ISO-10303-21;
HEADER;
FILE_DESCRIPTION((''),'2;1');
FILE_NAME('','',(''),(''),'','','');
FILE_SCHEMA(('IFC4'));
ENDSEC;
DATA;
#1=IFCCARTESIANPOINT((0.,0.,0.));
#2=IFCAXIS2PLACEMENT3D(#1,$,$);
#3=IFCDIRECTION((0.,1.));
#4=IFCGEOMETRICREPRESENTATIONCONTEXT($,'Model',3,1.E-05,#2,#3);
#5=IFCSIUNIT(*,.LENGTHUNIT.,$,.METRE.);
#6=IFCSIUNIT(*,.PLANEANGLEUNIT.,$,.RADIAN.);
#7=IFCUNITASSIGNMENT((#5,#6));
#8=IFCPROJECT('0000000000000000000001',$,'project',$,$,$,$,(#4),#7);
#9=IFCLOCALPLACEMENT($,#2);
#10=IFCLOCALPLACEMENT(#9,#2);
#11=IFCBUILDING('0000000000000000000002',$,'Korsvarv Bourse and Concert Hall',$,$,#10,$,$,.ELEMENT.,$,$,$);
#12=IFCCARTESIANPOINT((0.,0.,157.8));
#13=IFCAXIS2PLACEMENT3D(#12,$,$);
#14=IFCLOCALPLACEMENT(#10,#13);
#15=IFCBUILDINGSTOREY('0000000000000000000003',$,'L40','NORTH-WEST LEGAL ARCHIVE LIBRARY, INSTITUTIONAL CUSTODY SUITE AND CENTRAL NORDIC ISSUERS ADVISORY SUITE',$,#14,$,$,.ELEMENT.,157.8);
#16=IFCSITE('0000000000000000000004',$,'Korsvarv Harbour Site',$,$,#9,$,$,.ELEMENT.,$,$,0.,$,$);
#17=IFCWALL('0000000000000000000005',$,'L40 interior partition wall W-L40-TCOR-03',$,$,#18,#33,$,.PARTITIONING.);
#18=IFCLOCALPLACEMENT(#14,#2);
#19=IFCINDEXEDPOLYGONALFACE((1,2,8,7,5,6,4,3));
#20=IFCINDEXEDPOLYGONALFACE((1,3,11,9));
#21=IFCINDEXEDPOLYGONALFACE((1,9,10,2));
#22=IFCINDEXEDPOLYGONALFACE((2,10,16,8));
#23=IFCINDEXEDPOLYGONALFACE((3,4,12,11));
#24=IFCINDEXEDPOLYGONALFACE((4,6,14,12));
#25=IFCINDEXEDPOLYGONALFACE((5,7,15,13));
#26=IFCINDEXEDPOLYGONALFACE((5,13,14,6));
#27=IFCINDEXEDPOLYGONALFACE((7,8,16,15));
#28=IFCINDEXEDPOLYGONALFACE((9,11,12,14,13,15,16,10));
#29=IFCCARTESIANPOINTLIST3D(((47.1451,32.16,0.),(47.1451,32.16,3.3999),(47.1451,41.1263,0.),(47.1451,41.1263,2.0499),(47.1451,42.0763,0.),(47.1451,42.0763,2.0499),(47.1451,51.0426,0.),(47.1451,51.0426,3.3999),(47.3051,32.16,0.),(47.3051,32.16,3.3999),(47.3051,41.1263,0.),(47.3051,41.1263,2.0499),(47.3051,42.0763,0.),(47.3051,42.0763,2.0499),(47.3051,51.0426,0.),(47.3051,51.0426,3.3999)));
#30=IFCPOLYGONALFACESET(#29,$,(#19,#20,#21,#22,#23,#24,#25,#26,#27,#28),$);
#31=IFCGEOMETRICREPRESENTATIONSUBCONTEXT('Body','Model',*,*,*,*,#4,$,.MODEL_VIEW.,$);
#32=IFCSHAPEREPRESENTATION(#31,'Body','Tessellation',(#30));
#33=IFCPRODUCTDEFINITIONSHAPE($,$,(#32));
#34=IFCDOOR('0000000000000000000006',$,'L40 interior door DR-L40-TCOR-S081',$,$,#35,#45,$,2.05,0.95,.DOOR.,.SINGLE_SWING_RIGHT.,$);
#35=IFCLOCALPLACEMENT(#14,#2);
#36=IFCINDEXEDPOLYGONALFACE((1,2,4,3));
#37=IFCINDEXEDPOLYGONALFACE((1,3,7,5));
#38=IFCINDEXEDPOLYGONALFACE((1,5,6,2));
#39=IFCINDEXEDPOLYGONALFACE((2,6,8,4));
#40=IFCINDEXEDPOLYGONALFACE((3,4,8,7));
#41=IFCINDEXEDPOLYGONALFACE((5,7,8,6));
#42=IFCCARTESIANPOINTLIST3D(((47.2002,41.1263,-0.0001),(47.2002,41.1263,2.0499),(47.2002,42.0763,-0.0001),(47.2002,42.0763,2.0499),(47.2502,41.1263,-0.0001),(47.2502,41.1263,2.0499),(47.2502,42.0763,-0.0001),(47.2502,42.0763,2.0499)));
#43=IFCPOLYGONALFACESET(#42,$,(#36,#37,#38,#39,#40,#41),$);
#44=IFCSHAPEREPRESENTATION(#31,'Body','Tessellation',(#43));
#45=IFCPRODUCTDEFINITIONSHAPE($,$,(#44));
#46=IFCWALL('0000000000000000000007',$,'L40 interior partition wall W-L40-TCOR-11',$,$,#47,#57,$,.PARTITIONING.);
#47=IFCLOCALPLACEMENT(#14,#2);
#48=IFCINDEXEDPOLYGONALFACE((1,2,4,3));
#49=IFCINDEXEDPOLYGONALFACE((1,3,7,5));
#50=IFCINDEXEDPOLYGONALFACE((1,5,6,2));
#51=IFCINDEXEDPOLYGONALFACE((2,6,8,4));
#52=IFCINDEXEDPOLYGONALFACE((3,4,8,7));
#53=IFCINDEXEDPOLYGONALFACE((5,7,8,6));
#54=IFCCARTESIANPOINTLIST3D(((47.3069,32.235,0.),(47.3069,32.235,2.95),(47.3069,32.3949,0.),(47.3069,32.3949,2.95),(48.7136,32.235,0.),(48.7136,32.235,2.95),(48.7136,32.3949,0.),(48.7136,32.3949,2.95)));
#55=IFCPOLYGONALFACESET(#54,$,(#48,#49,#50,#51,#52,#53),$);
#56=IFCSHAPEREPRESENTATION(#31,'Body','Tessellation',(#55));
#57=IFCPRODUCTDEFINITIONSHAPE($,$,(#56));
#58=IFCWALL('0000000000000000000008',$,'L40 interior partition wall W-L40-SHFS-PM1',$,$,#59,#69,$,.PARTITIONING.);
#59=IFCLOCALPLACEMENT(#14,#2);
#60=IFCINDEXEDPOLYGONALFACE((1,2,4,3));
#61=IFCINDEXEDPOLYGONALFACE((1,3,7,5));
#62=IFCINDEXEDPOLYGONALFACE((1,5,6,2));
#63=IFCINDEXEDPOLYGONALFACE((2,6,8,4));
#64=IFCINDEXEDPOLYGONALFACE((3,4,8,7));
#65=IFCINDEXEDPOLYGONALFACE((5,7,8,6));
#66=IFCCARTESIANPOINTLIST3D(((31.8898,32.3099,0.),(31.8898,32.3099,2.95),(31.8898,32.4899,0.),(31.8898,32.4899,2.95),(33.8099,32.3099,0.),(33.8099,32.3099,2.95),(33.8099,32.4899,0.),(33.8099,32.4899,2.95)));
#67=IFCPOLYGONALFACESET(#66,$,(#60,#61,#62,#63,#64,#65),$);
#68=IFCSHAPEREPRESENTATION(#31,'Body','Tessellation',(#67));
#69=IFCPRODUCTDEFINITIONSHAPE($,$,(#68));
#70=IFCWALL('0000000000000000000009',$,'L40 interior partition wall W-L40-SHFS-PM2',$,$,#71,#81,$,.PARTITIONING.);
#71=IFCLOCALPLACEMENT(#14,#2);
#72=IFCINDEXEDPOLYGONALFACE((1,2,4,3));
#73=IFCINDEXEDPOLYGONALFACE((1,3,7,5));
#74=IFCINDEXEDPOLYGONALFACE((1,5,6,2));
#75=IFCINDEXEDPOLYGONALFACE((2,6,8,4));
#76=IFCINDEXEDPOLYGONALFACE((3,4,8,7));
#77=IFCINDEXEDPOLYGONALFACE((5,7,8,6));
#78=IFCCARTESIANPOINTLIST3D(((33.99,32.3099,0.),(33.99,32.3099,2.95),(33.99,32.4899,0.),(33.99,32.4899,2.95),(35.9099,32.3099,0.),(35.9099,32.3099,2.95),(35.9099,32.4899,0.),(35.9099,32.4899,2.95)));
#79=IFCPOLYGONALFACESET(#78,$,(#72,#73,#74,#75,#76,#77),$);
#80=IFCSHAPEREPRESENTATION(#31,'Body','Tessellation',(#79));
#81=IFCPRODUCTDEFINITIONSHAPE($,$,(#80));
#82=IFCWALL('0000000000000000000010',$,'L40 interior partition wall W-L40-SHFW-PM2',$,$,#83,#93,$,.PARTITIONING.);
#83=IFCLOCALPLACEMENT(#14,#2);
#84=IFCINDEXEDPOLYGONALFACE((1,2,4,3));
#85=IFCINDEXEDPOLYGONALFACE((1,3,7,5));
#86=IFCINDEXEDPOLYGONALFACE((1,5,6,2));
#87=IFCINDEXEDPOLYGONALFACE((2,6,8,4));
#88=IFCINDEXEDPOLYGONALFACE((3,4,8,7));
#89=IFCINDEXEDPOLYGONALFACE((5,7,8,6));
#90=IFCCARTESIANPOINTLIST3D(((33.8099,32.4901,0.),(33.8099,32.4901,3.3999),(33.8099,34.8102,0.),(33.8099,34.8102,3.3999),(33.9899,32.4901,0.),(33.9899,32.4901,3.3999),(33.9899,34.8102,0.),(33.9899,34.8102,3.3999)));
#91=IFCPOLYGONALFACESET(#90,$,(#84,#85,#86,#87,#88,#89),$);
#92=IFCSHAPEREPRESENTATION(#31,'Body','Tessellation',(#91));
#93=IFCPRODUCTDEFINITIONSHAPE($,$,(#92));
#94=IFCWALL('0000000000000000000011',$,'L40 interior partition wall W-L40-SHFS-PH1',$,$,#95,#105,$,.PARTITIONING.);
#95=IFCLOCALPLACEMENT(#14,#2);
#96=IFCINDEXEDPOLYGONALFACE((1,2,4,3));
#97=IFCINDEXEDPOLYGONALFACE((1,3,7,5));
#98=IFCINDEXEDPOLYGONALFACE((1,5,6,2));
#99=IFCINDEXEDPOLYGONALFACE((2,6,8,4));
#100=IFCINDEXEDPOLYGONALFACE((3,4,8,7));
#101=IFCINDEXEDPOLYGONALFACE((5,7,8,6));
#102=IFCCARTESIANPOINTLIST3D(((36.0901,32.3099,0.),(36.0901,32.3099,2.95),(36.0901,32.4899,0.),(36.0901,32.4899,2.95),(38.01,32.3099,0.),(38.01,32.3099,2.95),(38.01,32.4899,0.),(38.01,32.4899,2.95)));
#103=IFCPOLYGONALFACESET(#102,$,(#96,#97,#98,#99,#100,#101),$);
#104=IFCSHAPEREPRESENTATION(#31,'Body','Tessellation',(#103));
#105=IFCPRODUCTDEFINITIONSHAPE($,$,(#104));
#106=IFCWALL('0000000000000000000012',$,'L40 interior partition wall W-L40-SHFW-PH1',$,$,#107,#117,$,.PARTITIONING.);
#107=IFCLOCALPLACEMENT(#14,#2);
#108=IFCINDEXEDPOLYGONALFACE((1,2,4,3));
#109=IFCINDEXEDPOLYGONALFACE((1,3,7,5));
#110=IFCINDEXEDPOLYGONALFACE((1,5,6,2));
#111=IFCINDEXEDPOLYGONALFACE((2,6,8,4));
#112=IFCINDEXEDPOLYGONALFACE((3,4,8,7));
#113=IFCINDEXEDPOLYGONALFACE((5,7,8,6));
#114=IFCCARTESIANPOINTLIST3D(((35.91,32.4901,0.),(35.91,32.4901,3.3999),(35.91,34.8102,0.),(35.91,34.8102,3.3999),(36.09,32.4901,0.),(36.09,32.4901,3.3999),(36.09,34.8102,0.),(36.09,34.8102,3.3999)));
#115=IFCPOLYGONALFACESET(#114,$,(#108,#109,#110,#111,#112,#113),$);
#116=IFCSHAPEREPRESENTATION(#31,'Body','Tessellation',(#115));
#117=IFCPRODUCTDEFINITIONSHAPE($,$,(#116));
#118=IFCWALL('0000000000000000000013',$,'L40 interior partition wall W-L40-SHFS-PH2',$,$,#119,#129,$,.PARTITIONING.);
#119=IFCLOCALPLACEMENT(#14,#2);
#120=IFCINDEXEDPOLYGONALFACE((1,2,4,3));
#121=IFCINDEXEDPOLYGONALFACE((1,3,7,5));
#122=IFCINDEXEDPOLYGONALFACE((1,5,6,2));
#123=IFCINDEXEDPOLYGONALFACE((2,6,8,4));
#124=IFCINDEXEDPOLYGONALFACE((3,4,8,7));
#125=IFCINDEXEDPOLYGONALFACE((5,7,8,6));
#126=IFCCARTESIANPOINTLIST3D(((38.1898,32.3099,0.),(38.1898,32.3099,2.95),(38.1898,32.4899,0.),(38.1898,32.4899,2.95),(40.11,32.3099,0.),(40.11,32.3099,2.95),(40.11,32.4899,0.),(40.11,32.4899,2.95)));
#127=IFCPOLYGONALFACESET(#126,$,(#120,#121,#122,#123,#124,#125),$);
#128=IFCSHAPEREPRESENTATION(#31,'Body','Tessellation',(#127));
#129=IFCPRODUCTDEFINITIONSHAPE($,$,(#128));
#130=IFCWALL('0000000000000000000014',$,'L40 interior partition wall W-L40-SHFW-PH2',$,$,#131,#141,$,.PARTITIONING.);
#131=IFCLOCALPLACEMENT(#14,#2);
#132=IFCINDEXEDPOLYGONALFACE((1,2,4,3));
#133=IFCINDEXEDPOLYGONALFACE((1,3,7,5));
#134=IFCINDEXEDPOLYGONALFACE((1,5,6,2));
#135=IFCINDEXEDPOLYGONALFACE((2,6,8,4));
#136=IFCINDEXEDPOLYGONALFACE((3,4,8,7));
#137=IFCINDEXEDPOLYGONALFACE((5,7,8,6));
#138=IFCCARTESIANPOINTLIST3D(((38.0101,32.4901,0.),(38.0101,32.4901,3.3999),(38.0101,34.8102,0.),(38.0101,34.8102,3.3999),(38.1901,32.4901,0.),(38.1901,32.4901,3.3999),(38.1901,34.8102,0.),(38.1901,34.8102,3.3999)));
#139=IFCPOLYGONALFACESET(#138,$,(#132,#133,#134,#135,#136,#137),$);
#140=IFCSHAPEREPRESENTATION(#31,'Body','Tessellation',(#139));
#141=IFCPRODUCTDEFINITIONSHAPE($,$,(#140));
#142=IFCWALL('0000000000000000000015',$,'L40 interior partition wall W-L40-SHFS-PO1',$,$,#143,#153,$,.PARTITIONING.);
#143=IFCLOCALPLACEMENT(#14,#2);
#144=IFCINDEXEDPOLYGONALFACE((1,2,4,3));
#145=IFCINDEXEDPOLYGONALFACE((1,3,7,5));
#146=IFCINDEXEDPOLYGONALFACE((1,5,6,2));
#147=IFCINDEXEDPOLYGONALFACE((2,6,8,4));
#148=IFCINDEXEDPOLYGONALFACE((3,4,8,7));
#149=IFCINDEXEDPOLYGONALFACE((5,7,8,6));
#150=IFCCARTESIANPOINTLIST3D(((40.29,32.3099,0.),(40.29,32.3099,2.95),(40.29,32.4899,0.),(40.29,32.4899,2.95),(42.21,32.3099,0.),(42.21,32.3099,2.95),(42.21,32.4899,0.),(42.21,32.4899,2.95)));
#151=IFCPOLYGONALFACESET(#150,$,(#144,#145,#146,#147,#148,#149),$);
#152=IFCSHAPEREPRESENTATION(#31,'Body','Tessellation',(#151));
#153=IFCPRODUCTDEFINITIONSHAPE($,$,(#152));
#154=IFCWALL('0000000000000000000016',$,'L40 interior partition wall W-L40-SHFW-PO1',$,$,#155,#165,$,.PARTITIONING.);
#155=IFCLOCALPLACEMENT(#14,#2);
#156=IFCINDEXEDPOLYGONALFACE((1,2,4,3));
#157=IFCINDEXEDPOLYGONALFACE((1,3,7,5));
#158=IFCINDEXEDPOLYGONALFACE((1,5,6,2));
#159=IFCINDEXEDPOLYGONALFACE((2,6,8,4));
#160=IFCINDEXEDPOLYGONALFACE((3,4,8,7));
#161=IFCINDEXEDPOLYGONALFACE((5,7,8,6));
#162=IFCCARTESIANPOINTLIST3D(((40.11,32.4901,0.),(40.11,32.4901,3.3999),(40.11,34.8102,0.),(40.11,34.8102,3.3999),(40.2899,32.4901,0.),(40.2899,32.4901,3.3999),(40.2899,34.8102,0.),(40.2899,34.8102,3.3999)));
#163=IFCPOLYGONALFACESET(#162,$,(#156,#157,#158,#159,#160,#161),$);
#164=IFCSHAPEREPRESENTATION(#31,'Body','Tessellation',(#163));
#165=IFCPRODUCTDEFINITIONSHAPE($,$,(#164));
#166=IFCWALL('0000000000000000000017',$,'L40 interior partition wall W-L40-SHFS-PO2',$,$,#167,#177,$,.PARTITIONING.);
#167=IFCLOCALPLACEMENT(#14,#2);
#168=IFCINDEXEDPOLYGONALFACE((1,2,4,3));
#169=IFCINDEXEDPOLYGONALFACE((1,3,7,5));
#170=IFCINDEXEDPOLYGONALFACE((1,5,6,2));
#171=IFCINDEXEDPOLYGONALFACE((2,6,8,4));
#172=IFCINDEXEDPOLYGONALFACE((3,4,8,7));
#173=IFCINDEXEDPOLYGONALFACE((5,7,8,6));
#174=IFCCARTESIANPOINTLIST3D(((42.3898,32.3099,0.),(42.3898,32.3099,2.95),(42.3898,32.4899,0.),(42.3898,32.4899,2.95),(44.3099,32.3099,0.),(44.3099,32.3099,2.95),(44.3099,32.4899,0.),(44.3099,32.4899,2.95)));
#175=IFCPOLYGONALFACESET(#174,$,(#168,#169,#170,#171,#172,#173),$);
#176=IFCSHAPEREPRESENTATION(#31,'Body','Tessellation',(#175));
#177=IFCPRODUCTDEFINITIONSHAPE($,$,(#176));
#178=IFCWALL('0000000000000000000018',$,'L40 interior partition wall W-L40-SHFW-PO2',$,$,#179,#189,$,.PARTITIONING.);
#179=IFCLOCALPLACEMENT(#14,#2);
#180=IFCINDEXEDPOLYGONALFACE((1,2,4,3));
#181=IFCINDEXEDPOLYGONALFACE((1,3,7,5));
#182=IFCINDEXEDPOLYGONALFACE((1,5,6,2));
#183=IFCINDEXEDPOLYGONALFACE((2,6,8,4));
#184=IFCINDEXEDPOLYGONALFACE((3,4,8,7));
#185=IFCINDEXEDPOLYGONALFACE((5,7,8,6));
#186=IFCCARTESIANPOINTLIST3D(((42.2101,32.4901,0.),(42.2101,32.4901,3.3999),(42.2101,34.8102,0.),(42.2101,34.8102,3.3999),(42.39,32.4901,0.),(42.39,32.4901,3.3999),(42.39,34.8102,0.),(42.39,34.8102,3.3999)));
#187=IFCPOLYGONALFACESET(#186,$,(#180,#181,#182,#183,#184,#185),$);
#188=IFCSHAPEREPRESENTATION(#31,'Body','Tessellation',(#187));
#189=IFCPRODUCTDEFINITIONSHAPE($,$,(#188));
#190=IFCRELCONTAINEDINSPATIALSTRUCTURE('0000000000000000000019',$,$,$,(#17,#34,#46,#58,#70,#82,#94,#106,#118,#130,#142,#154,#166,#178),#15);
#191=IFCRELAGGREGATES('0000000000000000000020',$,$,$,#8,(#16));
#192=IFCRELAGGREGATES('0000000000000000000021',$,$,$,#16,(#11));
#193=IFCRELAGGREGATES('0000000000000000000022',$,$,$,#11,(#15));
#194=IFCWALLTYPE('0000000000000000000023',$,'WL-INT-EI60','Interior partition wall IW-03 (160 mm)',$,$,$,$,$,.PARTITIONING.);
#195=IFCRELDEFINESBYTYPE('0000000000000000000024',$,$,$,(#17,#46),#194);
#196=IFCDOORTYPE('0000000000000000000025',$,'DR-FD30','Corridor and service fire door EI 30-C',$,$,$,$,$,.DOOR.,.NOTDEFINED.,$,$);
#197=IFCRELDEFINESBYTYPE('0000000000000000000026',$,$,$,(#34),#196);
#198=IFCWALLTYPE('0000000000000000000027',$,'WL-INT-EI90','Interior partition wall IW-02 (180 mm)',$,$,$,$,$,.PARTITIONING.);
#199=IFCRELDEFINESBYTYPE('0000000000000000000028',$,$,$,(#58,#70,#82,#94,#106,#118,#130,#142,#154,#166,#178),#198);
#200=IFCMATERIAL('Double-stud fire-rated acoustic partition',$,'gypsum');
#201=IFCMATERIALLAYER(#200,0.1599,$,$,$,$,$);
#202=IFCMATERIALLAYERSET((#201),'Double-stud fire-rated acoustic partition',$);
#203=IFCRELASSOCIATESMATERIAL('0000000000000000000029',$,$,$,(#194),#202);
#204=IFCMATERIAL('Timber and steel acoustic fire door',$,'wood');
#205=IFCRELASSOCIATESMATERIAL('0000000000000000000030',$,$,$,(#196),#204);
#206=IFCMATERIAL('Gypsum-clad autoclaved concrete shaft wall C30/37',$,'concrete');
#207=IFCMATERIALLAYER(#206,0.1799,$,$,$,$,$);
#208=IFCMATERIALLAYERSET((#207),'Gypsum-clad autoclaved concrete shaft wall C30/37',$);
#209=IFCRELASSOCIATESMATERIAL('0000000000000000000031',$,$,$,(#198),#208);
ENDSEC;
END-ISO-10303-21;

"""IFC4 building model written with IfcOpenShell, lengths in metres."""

from ifc_helpers import new_model, si_unit, direction, frame, frame_2d, origin, place, context, subcontext, project, spatial, rectangle, extrude, material, layer, layer_set, type_object, element, fill, save


model = new_model("IFC4")

# Units and contexts
model_context = context("Model", 3, precision=1e-05, world=origin(), true_north=direction((0.0, 1.0)))
body_context = subcontext(model_context, "Body", "Model", "MODEL_VIEW")
ifc_project = project(units=[si_unit("LENGTHUNIT", "METRE"), si_unit("PLANEANGLEUNIT", "RADIAN")], contexts=[model_context])

# Site, building, storey
site_placement = place(None, origin())
site = spatial("IfcSite", under=ifc_project, at=site_placement, Name="Korsvarv Harbour Site", CompositionType="ELEMENT", RefElevation=0.0)
building_placement = place(site_placement, origin())
building = spatial("IfcBuilding", under=site, at=building_placement, Name="Korsvarv Bourse and Concert Hall", CompositionType="ELEMENT")
storey_placement = place(building_placement, frame((0.0, 0.0, 157.8)))
storey = spatial("IfcBuildingStorey", under=building, at=storey_placement, Name="L40", Description="NORTH-WEST LEGAL ARCHIVE LIBRARY, INSTITUTIONAL CUSTODY SUITE AND CENTRAL NORDIC ISSUERS ADVISORY SUITE", CompositionType="ELEMENT", Elevation=157.8)

# Wall, opening, door
ifc_material_1 = material(Name="Double-stud fire-rated acoustic partition", Category="gypsum")
ifc_layer_1 = layer(ifc_material_1, 0.1599)
ifc_layer_set_1 = layer_set([ifc_layer_1], Name="Double-stud fire-rated acoustic partition")
wall_type_1 = type_object("IfcWallType", Name="WL-INT-EI60", Description="Interior partition wall IW-03 (160 mm)", PredefinedType="PARTITIONING", material=ifc_layer_set_1)
wall_1_placement = place(storey_placement, frame((47.2251, 32.1599, 0.0), z_axis=(0.0, 0.0, 1.0), x_axis=(0.0, 1.0, 0.0)))
wall_1 = element("IfcWall", 1, at=wall_1_placement, inside=storey, type_object=wall_type_1, Name="L40 interior partition wall W-L40-TCOR-03", PredefinedType="PARTITIONING", context=body_context, shape_type="SweptSolid", body=[
    extrude(rectangle(XDim=18.8826, YDim=0.1599, at=frame_2d((9.4414, 0.0))), origin(), (0.0, 0.0, 1.0), 3.3999),
])
opening_placement = place(wall_1_placement, frame((8.9663, 0.0, 0.0)))
opening = element("IfcOpeningElement", 2, at=opening_placement, cuts=wall_1, PredefinedType="OPENING", context=body_context, shape_type="SweptSolid", body=[
    extrude(rectangle(XDim=0.95, YDim=2.05, at=frame_2d((0.4751, 1.0249))), frame((0.0, 0.0898, 0.0), z_axis=(0.0, -1.0, 0.0), x_axis=(1.0, 0.0, 0.0)), (0.0, 0.0, 1.0), 0.1799),
])
ifc_material_2 = material(Name="Timber and steel acoustic fire door", Category="wood")
door_type = type_object("IfcDoorType", Name="DR-FD30", Description="Corridor and service fire door EI 30-C", OperationType="NOTDEFINED", PredefinedType="DOOR", material=ifc_material_2)
door_placement = place(opening_placement, origin())
door = element("IfcDoor", 3, at=door_placement, inside=storey, type_object=door_type, Name="L40 interior door DR-L40-TCOR-S081", OperationType="SINGLE_SWING_RIGHT", OverallHeight=2.05, OverallWidth=0.95, PredefinedType="DOOR", context=body_context, shape_type="SweptSolid", body=[
    extrude(rectangle(XDim=0.95, YDim=2.05, at=frame_2d((0.4751, 1.0249))), frame((0.0, 0.0249, 0.0), z_axis=(0.0, -1.0, 0.0), x_axis=(1.0, 0.0, 0.0)), (0.0, 0.0, 1.0), 0.05),
])
fill(opening, door)

# Walls
wall_2_placement = place(storey_placement, frame((47.3069, 32.3149, 0.0), z_axis=(0.0, 0.0, 1.0), x_axis=(1.0, 0.0, 0.0)))
element("IfcWall", 4, at=wall_2_placement, inside=storey, type_object=wall_type_1, Name="L40 interior partition wall W-L40-TCOR-11", PredefinedType="PARTITIONING", context=body_context, shape_type="SweptSolid", body=[
    extrude(rectangle(XDim=1.4067, YDim=0.1599, at=frame_2d((0.7034, 0.0))), origin(), (0.0, 0.0, 1.0), 2.95),
])
ifc_material_3 = material(Name="Gypsum-clad autoclaved concrete shaft wall C30/37", Category="concrete")
ifc_layer_2 = layer(ifc_material_3, 0.1799)
ifc_layer_set_2 = layer_set([ifc_layer_2], Name="Gypsum-clad autoclaved concrete shaft wall C30/37")
wall_type_2 = type_object("IfcWallType", Name="WL-INT-EI90", Description="Interior partition wall IW-02 (180 mm)", PredefinedType="PARTITIONING", material=ifc_layer_set_2)
wall_3_placement = place(storey_placement, frame((31.8899, 32.3999, 0.0), z_axis=(0.0, 0.0, 1.0), x_axis=(1.0, 0.0, 0.0)))
element("IfcWall", 5, at=wall_3_placement, inside=storey, type_object=wall_type_2, Name="L40 interior partition wall W-L40-SHFS-PM1", PredefinedType="PARTITIONING", context=body_context, shape_type="SweptSolid", body=[
    extrude(rectangle(XDim=1.9202, YDim=0.1799, at=frame_2d((0.96, 0.0))), origin(), (0.0, 0.0, 1.0), 2.95),
])
wall_4_placement = place(storey_placement, frame((33.99, 32.3999, 0.0), z_axis=(0.0, 0.0, 1.0), x_axis=(1.0, 0.0, 0.0)))
element("IfcWall", 6, at=wall_4_placement, inside=storey, type_object=wall_type_2, Name="L40 interior partition wall W-L40-SHFS-PM2", PredefinedType="PARTITIONING", context=body_context, shape_type="SweptSolid", body=[
    extrude(rectangle(XDim=1.9199, YDim=0.1799, at=frame_2d((0.96, 0.0))), origin(), (0.0, 0.0, 1.0), 2.95),
])
wall_5_placement = place(storey_placement, frame((33.8999, 32.49, 0.0), z_axis=(0.0, 0.0, 1.0), x_axis=(0.0, 1.0, 0.0)))
element("IfcWall", 7, at=wall_5_placement, inside=storey, type_object=wall_type_2, Name="L40 interior partition wall W-L40-SHFW-PM2", PredefinedType="PARTITIONING", context=body_context, shape_type="SweptSolid", body=[
    extrude(rectangle(XDim=2.3201, YDim=0.1799, at=frame_2d((1.1602, 0.0))), origin(), (0.0, 0.0, 1.0), 3.3999),
])
wall_6_placement = place(storey_placement, frame((36.0901, 32.3999, 0.0), z_axis=(0.0, 0.0, 1.0), x_axis=(1.0, 0.0, 0.0)))
element("IfcWall", 8, at=wall_6_placement, inside=storey, type_object=wall_type_2, Name="L40 interior partition wall W-L40-SHFS-PH1", PredefinedType="PARTITIONING", context=body_context, shape_type="SweptSolid", body=[
    extrude(rectangle(XDim=1.9199, YDim=0.1799, at=frame_2d((0.96, 0.0))), origin(), (0.0, 0.0, 1.0), 2.95),
])
wall_7_placement = place(storey_placement, frame((36.0, 32.49, 0.0), z_axis=(0.0, 0.0, 1.0), x_axis=(0.0, 1.0, 0.0)))
element("IfcWall", 9, at=wall_7_placement, inside=storey, type_object=wall_type_2, Name="L40 interior partition wall W-L40-SHFW-PH1", PredefinedType="PARTITIONING", context=body_context, shape_type="SweptSolid", body=[
    extrude(rectangle(XDim=2.3201, YDim=0.1799, at=frame_2d((1.1602, 0.0))), origin(), (0.0, 0.0, 1.0), 3.3999),
])
wall_8_placement = place(storey_placement, frame((38.1899, 32.3999, 0.0), z_axis=(0.0, 0.0, 1.0), x_axis=(1.0, 0.0, 0.0)))
element("IfcWall", 10, at=wall_8_placement, inside=storey, type_object=wall_type_2, Name="L40 interior partition wall W-L40-SHFS-PH2", PredefinedType="PARTITIONING", context=body_context, shape_type="SweptSolid", body=[
    extrude(rectangle(XDim=1.9202, YDim=0.1799, at=frame_2d((0.96, 0.0))), origin(), (0.0, 0.0, 1.0), 2.95),
])
wall_9_placement = place(storey_placement, frame((38.1001, 32.49, 0.0), z_axis=(0.0, 0.0, 1.0), x_axis=(0.0, 1.0, 0.0)))
element("IfcWall", 11, at=wall_9_placement, inside=storey, type_object=wall_type_2, Name="L40 interior partition wall W-L40-SHFW-PH2", PredefinedType="PARTITIONING", context=body_context, shape_type="SweptSolid", body=[
    extrude(rectangle(XDim=2.3201, YDim=0.1799, at=frame_2d((1.1602, 0.0))), origin(), (0.0, 0.0, 1.0), 3.3999),
])
wall_10_placement = place(storey_placement, frame((40.29, 32.3999, 0.0), z_axis=(0.0, 0.0, 1.0), x_axis=(1.0, 0.0, 0.0)))
element("IfcWall", 12, at=wall_10_placement, inside=storey, type_object=wall_type_2, Name="L40 interior partition wall W-L40-SHFS-PO1", PredefinedType="PARTITIONING", context=body_context, shape_type="SweptSolid", body=[
    extrude(rectangle(XDim=1.9199, YDim=0.1799, at=frame_2d((0.96, 0.0))), origin(), (0.0, 0.0, 1.0), 2.95),
])
wall_11_placement = place(storey_placement, frame((40.2, 32.49, 0.0), z_axis=(0.0, 0.0, 1.0), x_axis=(0.0, 1.0, 0.0)))
element("IfcWall", 13, at=wall_11_placement, inside=storey, type_object=wall_type_2, Name="L40 interior partition wall W-L40-SHFW-PO1", PredefinedType="PARTITIONING", context=body_context, shape_type="SweptSolid", body=[
    extrude(rectangle(XDim=2.3201, YDim=0.1799, at=frame_2d((1.1602, 0.0))), origin(), (0.0, 0.0, 1.0), 3.3999),
])
wall_12_placement = place(storey_placement, frame((42.3899, 32.3999, 0.0), z_axis=(0.0, 0.0, 1.0), x_axis=(1.0, 0.0, 0.0)))
element("IfcWall", 14, at=wall_12_placement, inside=storey, type_object=wall_type_2, Name="L40 interior partition wall W-L40-SHFS-PO2", PredefinedType="PARTITIONING", context=body_context, shape_type="SweptSolid", body=[
    extrude(rectangle(XDim=1.9202, YDim=0.1799, at=frame_2d((0.96, 0.0))), origin(), (0.0, 0.0, 1.0), 2.95),
])
for number, where, z_axis, x_axis, name in (
    (15, (42.3, 32.49, 0.0), (0.0, 0.0, 1.0), (0.0, 1.0, 0.0), "L40 interior partition wall W-L40-SHFW-PO2"),
):
    element("IfcWall", number, at=place(storey_placement, frame(where, z_axis=z_axis, x_axis=x_axis)), inside=storey, type_object=wall_type_2, Name=name, PredefinedType="PARTITIONING", context=body_context, shape_type="SweptSolid", body=[
        extrude(rectangle(XDim=2.3201, YDim=0.1799, at=frame_2d((1.1602, 0.0))), origin(), (0.0, 0.0, 1.0), 3.3999),
    ])

save(model, "model.ifc")
